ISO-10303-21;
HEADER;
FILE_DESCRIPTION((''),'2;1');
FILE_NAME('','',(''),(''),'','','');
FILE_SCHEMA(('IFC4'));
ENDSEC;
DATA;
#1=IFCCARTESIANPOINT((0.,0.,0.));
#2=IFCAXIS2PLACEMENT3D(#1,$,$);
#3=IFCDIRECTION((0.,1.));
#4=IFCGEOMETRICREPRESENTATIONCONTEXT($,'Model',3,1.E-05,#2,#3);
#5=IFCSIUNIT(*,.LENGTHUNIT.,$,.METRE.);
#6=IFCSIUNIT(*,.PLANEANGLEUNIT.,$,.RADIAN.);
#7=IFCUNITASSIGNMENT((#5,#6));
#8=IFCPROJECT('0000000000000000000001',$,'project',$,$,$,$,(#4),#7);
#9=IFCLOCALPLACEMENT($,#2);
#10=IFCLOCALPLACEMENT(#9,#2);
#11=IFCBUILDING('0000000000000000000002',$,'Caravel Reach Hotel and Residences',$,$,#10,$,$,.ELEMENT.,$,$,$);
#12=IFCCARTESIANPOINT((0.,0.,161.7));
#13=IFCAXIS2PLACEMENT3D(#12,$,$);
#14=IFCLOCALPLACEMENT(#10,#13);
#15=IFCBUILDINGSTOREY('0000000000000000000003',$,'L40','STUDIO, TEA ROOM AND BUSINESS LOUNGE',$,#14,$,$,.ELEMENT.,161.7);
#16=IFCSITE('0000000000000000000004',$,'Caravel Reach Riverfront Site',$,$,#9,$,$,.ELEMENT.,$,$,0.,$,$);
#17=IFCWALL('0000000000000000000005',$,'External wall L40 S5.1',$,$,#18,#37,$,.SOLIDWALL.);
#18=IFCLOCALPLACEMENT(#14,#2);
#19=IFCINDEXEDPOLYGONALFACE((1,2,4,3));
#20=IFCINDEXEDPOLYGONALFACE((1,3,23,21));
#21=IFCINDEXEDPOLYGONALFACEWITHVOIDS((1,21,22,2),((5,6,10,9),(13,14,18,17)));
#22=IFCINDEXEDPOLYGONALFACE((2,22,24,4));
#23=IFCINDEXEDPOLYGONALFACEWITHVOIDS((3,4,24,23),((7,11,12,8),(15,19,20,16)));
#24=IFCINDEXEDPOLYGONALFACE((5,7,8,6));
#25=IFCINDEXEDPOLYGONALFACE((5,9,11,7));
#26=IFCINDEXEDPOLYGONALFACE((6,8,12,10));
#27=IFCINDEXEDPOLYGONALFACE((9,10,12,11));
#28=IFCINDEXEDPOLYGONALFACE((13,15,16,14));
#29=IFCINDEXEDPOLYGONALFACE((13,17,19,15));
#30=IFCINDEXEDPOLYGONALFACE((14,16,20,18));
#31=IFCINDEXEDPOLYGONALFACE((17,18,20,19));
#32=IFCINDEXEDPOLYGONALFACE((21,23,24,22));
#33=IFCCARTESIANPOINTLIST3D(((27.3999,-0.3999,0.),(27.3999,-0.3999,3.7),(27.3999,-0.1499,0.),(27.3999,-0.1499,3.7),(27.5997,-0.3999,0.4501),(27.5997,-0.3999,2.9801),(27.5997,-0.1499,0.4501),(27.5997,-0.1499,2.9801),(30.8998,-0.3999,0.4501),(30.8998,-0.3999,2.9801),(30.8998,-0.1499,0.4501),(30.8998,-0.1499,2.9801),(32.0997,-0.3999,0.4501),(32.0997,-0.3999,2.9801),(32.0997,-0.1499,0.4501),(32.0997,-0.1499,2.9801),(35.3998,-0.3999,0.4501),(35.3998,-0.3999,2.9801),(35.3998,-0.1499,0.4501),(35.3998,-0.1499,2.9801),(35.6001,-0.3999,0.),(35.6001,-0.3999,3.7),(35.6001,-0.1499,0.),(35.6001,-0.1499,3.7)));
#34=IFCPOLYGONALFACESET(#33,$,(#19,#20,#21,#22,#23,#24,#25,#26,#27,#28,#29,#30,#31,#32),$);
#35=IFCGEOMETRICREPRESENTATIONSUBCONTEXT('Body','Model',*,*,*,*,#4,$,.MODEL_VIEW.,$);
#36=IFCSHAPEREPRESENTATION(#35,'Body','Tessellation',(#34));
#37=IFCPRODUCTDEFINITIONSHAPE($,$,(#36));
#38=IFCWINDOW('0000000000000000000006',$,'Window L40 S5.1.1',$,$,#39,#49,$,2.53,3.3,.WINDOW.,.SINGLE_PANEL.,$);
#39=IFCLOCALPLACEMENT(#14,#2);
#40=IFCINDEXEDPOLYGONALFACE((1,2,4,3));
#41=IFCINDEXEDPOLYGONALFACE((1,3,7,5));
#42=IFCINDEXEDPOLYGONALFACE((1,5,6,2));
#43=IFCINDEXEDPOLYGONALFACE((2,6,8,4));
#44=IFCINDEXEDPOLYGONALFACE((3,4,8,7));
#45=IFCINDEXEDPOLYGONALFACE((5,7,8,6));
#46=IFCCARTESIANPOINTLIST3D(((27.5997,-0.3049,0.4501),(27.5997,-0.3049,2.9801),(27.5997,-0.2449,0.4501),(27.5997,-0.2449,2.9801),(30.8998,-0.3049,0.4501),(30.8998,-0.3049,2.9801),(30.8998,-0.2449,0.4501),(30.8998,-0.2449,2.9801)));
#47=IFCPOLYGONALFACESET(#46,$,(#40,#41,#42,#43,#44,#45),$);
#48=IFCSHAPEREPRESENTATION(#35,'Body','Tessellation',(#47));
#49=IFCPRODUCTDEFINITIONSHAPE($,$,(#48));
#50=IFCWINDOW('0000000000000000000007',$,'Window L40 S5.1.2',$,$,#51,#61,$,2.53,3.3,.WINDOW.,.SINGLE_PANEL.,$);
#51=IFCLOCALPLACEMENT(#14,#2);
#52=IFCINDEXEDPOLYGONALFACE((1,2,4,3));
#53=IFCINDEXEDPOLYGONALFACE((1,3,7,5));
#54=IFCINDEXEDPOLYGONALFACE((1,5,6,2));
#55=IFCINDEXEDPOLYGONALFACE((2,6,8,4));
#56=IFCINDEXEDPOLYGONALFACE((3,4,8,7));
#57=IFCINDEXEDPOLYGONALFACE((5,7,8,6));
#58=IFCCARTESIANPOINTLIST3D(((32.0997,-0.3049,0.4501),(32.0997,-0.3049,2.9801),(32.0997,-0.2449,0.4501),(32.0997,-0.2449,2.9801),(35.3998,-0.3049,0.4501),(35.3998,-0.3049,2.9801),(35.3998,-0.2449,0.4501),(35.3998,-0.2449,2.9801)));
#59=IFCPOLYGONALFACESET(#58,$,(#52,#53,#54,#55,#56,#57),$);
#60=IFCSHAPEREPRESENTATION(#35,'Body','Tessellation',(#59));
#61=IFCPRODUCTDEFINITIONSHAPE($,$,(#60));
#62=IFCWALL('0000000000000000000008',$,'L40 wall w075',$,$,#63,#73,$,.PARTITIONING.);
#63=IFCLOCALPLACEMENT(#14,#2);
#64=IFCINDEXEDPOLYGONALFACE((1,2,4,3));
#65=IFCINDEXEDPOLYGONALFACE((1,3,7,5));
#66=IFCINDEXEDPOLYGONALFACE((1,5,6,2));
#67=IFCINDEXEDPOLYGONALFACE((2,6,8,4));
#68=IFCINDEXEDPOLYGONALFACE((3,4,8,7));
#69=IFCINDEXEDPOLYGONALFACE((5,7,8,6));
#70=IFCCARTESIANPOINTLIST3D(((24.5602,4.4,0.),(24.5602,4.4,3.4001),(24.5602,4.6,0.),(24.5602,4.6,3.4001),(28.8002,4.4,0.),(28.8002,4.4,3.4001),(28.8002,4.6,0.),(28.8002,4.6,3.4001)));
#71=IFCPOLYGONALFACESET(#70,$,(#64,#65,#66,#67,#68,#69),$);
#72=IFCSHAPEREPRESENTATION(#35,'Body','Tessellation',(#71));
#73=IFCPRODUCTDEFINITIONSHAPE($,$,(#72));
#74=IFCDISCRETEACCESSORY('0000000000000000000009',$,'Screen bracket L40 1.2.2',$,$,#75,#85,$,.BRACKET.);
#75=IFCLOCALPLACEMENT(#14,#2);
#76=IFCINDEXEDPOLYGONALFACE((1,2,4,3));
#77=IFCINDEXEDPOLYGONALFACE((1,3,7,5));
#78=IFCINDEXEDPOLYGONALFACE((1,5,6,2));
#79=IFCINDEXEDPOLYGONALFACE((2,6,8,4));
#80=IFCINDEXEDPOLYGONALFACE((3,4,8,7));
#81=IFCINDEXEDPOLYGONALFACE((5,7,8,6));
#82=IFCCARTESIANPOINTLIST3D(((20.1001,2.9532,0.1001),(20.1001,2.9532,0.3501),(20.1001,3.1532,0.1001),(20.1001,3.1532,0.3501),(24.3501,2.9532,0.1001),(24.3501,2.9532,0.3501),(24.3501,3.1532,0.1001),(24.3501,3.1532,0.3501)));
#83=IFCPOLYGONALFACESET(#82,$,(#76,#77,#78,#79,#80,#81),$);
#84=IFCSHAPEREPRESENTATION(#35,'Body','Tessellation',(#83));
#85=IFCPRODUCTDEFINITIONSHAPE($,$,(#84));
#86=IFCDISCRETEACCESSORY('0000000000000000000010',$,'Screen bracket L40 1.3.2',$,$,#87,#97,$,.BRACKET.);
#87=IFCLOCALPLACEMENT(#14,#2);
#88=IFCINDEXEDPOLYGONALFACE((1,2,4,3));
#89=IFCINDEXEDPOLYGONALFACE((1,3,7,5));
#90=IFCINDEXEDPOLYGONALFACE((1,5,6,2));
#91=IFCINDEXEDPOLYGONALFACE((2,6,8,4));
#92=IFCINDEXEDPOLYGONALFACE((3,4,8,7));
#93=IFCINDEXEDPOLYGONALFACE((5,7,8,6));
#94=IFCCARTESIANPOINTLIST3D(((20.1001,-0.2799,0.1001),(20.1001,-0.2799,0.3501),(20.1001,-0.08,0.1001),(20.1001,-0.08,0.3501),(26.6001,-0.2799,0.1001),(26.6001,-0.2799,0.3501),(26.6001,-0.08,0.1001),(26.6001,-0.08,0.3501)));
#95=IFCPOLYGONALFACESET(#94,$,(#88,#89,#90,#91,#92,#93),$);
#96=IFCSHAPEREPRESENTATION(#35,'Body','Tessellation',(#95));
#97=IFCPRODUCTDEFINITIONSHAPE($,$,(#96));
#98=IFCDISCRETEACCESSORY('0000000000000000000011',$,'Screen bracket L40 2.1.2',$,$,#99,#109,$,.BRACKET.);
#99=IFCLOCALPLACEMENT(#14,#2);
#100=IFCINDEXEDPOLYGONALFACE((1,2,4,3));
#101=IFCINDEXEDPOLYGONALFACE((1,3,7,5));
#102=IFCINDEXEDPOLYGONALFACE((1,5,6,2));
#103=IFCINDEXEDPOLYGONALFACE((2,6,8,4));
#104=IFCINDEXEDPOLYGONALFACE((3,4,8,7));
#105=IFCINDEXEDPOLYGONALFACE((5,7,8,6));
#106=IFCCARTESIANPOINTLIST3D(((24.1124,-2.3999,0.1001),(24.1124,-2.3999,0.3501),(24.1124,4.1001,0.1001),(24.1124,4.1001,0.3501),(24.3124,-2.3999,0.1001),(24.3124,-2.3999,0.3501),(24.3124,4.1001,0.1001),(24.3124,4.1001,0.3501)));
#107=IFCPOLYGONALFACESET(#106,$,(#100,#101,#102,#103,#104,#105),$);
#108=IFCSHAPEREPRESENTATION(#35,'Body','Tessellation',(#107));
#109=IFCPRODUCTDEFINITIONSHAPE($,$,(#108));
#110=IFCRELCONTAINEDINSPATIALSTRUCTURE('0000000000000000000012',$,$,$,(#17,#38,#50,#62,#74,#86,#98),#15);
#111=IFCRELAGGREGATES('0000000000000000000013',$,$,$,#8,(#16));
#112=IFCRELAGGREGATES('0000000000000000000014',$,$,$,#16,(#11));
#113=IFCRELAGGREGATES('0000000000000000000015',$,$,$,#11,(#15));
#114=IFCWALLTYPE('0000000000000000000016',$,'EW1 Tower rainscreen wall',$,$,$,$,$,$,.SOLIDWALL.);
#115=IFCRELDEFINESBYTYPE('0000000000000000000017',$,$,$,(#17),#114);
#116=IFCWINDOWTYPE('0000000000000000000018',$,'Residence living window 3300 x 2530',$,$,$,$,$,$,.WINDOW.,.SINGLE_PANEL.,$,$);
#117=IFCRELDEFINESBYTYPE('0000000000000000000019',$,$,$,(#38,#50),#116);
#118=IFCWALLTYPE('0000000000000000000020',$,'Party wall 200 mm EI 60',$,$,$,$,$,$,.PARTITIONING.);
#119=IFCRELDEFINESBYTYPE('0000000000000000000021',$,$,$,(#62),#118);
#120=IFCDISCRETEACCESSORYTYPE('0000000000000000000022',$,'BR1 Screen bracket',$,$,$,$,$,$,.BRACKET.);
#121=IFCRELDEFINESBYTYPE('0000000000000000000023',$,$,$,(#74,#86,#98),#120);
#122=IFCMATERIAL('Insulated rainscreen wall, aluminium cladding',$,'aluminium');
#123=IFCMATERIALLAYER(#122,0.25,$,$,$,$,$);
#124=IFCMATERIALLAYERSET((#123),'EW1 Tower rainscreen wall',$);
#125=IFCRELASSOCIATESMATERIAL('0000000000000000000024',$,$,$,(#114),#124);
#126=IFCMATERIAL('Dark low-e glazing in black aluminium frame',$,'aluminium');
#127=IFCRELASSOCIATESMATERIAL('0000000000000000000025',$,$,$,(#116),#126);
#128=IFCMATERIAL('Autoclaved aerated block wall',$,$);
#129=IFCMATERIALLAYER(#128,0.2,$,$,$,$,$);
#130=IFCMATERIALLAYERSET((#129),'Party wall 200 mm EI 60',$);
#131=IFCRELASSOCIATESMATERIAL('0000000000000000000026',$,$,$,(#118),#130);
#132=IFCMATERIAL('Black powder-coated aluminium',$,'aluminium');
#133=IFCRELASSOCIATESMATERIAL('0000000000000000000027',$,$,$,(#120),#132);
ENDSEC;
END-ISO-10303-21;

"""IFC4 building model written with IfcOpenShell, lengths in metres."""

from ifc_helpers import new_model, si_unit, direction, frame, frame_2d, origin, origin_2d, place, context, subcontext, project, spatial, rectangle, extrude, material, layer, layer_set, type_object, element, fill, save


model = new_model("IFC4")

# Units and contexts
model_context = context("Model", 3, precision=1e-05, world=origin(), true_north=direction((0.0, 1.0)))
body_context = subcontext(model_context, "Body", "Model", "MODEL_VIEW")
ifc_project = project(units=[si_unit("LENGTHUNIT", "METRE"), si_unit("PLANEANGLEUNIT", "RADIAN")], contexts=[model_context])

# Site, building, storey
site_placement = place(None, origin())
site = spatial("IfcSite", under=ifc_project, at=site_placement, Name="Caravel Reach Riverfront Site", CompositionType="ELEMENT", RefElevation=0.0)
building_placement = place(site_placement, origin())
building = spatial("IfcBuilding", under=site, at=building_placement, Name="Caravel Reach Hotel and Residences", CompositionType="ELEMENT")
storey_placement = place(building_placement, frame((0.0, 0.0, 161.7)))
storey = spatial("IfcBuildingStorey", under=building, at=storey_placement, Name="L40", Description="STUDIO, TEA ROOM AND BUSINESS LOUNGE", CompositionType="ELEMENT", Elevation=161.7)

# Shared definitions
ifc_material_1 = material(Name="Insulated rainscreen wall, aluminium cladding", Category="aluminium")
ifc_layer_1 = layer(ifc_material_1, 0.25)
ifc_layer_set_1 = layer_set([ifc_layer_1], Name="EW1 Tower rainscreen wall")
wall_type_1 = type_object("IfcWallType", Name="EW1 Tower rainscreen wall", PredefinedType="SOLIDWALL", material=ifc_layer_set_1)

# Wall, openings, windows
wall_1_placement = place(storey_placement, frame((27.3999, -0.2749, 0.0), z_axis=(0.0, 0.0, 1.0), x_axis=(1.0, 0.0, 0.0)))
wall_1 = element("IfcWall", 1, at=wall_1_placement, inside=storey, type_object=wall_type_1, Name="External wall L40 S5.1", PredefinedType="SOLIDWALL", context=body_context, shape_type="SweptSolid", body=[
    extrude(rectangle(XDim=8.2002, YDim=0.25, at=frame_2d((4.1001, 0.0))), origin(), (0.0, 0.0, 1.0), 3.7),
])
opening_1_placement = place(wall_1_placement, frame((0.2, 0.0, 0.45)))
opening_1 = element("IfcOpeningElement", 2, at=opening_1_placement, cuts=wall_1, PredefinedType="OPENING", context=body_context, shape_type="SweptSolid", body=[
    extrude(rectangle(XDim=3.3, YDim=2.53, at=frame_2d((1.6499, 1.2651))), frame((0.0, 0.135, 0.0), z_axis=(0.0, -1.0, 0.0), x_axis=(1.0, 0.0, 0.0)), (0.0, 0.0, 1.0), 0.27),
])
opening_2_placement = place(wall_1_placement, frame((4.7, 0.0, 0.45)))
opening_2 = element("IfcOpeningElement", 3, at=opening_2_placement, cuts=wall_1, PredefinedType="OPENING", context=body_context, shape_type="SweptSolid", body=[
    extrude(rectangle(XDim=3.3, YDim=2.53, at=frame_2d((1.6499, 1.2651))), frame((0.0, 0.135, 0.0), z_axis=(0.0, -1.0, 0.0), x_axis=(1.0, 0.0, 0.0)), (0.0, 0.0, 1.0), 0.27),
])
ifc_material_2 = material(Name="Dark low-e glazing in black aluminium frame", Category="aluminium")
window_type_1 = type_object("IfcWindowType", Name="Residence living window 3300 x 2530", PartitioningType="SINGLE_PANEL", PredefinedType="WINDOW", material=ifc_material_2)
window_1_placement = place(opening_1_placement, origin())
window_1 = element("IfcWindow", 4, at=window_1_placement, inside=storey, type_object=window_type_1, Name="Window L40 S5.1.1", OverallHeight=2.53, OverallWidth=3.3, PartitioningType="SINGLE_PANEL", PredefinedType="WINDOW", context=body_context, shape_type="SweptSolid", body=[
    extrude(rectangle(XDim=3.3, YDim=2.53, at=frame_2d((1.6499, 1.2651))), frame((0.0, 0.03, 0.0), z_axis=(0.0, -1.0, 0.0), x_axis=(1.0, 0.0, 0.0)), (0.0, 0.0, 1.0), 0.0601),
])
fill(opening_1, window_1)
window_2_placement = place(opening_2_placement, origin())
window_2 = element("IfcWindow", 5, at=window_2_placement, inside=storey, type_object=window_type_1, Name="Window L40 S5.1.2", OverallHeight=2.53, OverallWidth=3.3, PartitioningType="SINGLE_PANEL", PredefinedType="WINDOW", context=body_context, shape_type="SweptSolid", body=[
    extrude(rectangle(XDim=3.3, YDim=2.53, at=frame_2d((1.6499, 1.2651))), frame((0.0, 0.03, 0.0), z_axis=(0.0, -1.0, 0.0), x_axis=(1.0, 0.0, 0.0)), (0.0, 0.0, 1.0), 0.0601),
])
fill(opening_2, window_2)

# Wall
ifc_material_3 = material(Name="Autoclaved aerated block wall")
ifc_layer_2 = layer(ifc_material_3, 0.2)
ifc_layer_set_2 = layer_set([ifc_layer_2], Name="Party wall 200 mm EI 60")
wall_type_2 = type_object("IfcWallType", Name="Party wall 200 mm EI 60", PredefinedType="PARTITIONING", material=ifc_layer_set_2)
wall_2_placement = place(storey_placement, frame((24.5601, 4.5, 0.0), z_axis=(0.0, 0.0, 1.0), x_axis=(1.0, 0.0, 0.0)))
element("IfcWall", 6, at=wall_2_placement, inside=storey, type_object=wall_type_2, Name="L40 wall w075", PredefinedType="PARTITIONING", context=body_context, shape_type="SweptSolid", body=[
    extrude(rectangle(XDim=4.24, YDim=0.2, at=frame_2d((2.1201, 0.0))), origin(), (0.0, 0.0, 1.0), 3.4001),
])

# Discrete accessories
ifc_material_4 = material(Name="Black powder-coated aluminium", Category="aluminium")
discrete_accessory_type = type_object("IfcDiscreteAccessoryType", Name="BR1 Screen bracket", PredefinedType="BRACKET", material=ifc_material_4)
discrete_accessory_placement = place(storey_placement, frame((22.2251, 3.0532, 0.1001), z_axis=(0.0, 0.0, 1.0), x_axis=(-1.0, 0.0, 0.0)))
element("IfcDiscreteAccessory", 7, at=discrete_accessory_placement, inside=storey, type_object=discrete_accessory_type, Name="Screen bracket L40 1.2.2", PredefinedType="BRACKET", context=body_context, shape_type="SweptSolid", body=[
    extrude(rectangle(XDim=4.25, YDim=0.2, at=origin_2d()), origin(), (0.0, 0.0, 1.0), 0.25),
])
for number, where, z_axis, x_axis, name in (
    (8, (23.3501, -0.1799, 0.1001), (0.0, 0.0, 1.0), (-1.0, 0.0, 0.0), "Screen bracket L40 1.3.2"),
    (9, (24.2124, 0.8501, 0.1001), (0.0, 0.0, 1.0), (0.0, -1.0, 0.0), "Screen bracket L40 2.1.2"),
):
    element("IfcDiscreteAccessory", number, at=place(storey_placement, frame(where, z_axis=z_axis, x_axis=x_axis)), inside=storey, type_object=discrete_accessory_type, Name=name, PredefinedType="BRACKET", context=body_context, shape_type="SweptSolid", body=[
        extrude(rectangle(XDim=6.5, YDim=0.2, at=origin_2d()), origin(), (0.0, 0.0, 1.0), 0.25),
    ])

save(model, "model.ifc")
